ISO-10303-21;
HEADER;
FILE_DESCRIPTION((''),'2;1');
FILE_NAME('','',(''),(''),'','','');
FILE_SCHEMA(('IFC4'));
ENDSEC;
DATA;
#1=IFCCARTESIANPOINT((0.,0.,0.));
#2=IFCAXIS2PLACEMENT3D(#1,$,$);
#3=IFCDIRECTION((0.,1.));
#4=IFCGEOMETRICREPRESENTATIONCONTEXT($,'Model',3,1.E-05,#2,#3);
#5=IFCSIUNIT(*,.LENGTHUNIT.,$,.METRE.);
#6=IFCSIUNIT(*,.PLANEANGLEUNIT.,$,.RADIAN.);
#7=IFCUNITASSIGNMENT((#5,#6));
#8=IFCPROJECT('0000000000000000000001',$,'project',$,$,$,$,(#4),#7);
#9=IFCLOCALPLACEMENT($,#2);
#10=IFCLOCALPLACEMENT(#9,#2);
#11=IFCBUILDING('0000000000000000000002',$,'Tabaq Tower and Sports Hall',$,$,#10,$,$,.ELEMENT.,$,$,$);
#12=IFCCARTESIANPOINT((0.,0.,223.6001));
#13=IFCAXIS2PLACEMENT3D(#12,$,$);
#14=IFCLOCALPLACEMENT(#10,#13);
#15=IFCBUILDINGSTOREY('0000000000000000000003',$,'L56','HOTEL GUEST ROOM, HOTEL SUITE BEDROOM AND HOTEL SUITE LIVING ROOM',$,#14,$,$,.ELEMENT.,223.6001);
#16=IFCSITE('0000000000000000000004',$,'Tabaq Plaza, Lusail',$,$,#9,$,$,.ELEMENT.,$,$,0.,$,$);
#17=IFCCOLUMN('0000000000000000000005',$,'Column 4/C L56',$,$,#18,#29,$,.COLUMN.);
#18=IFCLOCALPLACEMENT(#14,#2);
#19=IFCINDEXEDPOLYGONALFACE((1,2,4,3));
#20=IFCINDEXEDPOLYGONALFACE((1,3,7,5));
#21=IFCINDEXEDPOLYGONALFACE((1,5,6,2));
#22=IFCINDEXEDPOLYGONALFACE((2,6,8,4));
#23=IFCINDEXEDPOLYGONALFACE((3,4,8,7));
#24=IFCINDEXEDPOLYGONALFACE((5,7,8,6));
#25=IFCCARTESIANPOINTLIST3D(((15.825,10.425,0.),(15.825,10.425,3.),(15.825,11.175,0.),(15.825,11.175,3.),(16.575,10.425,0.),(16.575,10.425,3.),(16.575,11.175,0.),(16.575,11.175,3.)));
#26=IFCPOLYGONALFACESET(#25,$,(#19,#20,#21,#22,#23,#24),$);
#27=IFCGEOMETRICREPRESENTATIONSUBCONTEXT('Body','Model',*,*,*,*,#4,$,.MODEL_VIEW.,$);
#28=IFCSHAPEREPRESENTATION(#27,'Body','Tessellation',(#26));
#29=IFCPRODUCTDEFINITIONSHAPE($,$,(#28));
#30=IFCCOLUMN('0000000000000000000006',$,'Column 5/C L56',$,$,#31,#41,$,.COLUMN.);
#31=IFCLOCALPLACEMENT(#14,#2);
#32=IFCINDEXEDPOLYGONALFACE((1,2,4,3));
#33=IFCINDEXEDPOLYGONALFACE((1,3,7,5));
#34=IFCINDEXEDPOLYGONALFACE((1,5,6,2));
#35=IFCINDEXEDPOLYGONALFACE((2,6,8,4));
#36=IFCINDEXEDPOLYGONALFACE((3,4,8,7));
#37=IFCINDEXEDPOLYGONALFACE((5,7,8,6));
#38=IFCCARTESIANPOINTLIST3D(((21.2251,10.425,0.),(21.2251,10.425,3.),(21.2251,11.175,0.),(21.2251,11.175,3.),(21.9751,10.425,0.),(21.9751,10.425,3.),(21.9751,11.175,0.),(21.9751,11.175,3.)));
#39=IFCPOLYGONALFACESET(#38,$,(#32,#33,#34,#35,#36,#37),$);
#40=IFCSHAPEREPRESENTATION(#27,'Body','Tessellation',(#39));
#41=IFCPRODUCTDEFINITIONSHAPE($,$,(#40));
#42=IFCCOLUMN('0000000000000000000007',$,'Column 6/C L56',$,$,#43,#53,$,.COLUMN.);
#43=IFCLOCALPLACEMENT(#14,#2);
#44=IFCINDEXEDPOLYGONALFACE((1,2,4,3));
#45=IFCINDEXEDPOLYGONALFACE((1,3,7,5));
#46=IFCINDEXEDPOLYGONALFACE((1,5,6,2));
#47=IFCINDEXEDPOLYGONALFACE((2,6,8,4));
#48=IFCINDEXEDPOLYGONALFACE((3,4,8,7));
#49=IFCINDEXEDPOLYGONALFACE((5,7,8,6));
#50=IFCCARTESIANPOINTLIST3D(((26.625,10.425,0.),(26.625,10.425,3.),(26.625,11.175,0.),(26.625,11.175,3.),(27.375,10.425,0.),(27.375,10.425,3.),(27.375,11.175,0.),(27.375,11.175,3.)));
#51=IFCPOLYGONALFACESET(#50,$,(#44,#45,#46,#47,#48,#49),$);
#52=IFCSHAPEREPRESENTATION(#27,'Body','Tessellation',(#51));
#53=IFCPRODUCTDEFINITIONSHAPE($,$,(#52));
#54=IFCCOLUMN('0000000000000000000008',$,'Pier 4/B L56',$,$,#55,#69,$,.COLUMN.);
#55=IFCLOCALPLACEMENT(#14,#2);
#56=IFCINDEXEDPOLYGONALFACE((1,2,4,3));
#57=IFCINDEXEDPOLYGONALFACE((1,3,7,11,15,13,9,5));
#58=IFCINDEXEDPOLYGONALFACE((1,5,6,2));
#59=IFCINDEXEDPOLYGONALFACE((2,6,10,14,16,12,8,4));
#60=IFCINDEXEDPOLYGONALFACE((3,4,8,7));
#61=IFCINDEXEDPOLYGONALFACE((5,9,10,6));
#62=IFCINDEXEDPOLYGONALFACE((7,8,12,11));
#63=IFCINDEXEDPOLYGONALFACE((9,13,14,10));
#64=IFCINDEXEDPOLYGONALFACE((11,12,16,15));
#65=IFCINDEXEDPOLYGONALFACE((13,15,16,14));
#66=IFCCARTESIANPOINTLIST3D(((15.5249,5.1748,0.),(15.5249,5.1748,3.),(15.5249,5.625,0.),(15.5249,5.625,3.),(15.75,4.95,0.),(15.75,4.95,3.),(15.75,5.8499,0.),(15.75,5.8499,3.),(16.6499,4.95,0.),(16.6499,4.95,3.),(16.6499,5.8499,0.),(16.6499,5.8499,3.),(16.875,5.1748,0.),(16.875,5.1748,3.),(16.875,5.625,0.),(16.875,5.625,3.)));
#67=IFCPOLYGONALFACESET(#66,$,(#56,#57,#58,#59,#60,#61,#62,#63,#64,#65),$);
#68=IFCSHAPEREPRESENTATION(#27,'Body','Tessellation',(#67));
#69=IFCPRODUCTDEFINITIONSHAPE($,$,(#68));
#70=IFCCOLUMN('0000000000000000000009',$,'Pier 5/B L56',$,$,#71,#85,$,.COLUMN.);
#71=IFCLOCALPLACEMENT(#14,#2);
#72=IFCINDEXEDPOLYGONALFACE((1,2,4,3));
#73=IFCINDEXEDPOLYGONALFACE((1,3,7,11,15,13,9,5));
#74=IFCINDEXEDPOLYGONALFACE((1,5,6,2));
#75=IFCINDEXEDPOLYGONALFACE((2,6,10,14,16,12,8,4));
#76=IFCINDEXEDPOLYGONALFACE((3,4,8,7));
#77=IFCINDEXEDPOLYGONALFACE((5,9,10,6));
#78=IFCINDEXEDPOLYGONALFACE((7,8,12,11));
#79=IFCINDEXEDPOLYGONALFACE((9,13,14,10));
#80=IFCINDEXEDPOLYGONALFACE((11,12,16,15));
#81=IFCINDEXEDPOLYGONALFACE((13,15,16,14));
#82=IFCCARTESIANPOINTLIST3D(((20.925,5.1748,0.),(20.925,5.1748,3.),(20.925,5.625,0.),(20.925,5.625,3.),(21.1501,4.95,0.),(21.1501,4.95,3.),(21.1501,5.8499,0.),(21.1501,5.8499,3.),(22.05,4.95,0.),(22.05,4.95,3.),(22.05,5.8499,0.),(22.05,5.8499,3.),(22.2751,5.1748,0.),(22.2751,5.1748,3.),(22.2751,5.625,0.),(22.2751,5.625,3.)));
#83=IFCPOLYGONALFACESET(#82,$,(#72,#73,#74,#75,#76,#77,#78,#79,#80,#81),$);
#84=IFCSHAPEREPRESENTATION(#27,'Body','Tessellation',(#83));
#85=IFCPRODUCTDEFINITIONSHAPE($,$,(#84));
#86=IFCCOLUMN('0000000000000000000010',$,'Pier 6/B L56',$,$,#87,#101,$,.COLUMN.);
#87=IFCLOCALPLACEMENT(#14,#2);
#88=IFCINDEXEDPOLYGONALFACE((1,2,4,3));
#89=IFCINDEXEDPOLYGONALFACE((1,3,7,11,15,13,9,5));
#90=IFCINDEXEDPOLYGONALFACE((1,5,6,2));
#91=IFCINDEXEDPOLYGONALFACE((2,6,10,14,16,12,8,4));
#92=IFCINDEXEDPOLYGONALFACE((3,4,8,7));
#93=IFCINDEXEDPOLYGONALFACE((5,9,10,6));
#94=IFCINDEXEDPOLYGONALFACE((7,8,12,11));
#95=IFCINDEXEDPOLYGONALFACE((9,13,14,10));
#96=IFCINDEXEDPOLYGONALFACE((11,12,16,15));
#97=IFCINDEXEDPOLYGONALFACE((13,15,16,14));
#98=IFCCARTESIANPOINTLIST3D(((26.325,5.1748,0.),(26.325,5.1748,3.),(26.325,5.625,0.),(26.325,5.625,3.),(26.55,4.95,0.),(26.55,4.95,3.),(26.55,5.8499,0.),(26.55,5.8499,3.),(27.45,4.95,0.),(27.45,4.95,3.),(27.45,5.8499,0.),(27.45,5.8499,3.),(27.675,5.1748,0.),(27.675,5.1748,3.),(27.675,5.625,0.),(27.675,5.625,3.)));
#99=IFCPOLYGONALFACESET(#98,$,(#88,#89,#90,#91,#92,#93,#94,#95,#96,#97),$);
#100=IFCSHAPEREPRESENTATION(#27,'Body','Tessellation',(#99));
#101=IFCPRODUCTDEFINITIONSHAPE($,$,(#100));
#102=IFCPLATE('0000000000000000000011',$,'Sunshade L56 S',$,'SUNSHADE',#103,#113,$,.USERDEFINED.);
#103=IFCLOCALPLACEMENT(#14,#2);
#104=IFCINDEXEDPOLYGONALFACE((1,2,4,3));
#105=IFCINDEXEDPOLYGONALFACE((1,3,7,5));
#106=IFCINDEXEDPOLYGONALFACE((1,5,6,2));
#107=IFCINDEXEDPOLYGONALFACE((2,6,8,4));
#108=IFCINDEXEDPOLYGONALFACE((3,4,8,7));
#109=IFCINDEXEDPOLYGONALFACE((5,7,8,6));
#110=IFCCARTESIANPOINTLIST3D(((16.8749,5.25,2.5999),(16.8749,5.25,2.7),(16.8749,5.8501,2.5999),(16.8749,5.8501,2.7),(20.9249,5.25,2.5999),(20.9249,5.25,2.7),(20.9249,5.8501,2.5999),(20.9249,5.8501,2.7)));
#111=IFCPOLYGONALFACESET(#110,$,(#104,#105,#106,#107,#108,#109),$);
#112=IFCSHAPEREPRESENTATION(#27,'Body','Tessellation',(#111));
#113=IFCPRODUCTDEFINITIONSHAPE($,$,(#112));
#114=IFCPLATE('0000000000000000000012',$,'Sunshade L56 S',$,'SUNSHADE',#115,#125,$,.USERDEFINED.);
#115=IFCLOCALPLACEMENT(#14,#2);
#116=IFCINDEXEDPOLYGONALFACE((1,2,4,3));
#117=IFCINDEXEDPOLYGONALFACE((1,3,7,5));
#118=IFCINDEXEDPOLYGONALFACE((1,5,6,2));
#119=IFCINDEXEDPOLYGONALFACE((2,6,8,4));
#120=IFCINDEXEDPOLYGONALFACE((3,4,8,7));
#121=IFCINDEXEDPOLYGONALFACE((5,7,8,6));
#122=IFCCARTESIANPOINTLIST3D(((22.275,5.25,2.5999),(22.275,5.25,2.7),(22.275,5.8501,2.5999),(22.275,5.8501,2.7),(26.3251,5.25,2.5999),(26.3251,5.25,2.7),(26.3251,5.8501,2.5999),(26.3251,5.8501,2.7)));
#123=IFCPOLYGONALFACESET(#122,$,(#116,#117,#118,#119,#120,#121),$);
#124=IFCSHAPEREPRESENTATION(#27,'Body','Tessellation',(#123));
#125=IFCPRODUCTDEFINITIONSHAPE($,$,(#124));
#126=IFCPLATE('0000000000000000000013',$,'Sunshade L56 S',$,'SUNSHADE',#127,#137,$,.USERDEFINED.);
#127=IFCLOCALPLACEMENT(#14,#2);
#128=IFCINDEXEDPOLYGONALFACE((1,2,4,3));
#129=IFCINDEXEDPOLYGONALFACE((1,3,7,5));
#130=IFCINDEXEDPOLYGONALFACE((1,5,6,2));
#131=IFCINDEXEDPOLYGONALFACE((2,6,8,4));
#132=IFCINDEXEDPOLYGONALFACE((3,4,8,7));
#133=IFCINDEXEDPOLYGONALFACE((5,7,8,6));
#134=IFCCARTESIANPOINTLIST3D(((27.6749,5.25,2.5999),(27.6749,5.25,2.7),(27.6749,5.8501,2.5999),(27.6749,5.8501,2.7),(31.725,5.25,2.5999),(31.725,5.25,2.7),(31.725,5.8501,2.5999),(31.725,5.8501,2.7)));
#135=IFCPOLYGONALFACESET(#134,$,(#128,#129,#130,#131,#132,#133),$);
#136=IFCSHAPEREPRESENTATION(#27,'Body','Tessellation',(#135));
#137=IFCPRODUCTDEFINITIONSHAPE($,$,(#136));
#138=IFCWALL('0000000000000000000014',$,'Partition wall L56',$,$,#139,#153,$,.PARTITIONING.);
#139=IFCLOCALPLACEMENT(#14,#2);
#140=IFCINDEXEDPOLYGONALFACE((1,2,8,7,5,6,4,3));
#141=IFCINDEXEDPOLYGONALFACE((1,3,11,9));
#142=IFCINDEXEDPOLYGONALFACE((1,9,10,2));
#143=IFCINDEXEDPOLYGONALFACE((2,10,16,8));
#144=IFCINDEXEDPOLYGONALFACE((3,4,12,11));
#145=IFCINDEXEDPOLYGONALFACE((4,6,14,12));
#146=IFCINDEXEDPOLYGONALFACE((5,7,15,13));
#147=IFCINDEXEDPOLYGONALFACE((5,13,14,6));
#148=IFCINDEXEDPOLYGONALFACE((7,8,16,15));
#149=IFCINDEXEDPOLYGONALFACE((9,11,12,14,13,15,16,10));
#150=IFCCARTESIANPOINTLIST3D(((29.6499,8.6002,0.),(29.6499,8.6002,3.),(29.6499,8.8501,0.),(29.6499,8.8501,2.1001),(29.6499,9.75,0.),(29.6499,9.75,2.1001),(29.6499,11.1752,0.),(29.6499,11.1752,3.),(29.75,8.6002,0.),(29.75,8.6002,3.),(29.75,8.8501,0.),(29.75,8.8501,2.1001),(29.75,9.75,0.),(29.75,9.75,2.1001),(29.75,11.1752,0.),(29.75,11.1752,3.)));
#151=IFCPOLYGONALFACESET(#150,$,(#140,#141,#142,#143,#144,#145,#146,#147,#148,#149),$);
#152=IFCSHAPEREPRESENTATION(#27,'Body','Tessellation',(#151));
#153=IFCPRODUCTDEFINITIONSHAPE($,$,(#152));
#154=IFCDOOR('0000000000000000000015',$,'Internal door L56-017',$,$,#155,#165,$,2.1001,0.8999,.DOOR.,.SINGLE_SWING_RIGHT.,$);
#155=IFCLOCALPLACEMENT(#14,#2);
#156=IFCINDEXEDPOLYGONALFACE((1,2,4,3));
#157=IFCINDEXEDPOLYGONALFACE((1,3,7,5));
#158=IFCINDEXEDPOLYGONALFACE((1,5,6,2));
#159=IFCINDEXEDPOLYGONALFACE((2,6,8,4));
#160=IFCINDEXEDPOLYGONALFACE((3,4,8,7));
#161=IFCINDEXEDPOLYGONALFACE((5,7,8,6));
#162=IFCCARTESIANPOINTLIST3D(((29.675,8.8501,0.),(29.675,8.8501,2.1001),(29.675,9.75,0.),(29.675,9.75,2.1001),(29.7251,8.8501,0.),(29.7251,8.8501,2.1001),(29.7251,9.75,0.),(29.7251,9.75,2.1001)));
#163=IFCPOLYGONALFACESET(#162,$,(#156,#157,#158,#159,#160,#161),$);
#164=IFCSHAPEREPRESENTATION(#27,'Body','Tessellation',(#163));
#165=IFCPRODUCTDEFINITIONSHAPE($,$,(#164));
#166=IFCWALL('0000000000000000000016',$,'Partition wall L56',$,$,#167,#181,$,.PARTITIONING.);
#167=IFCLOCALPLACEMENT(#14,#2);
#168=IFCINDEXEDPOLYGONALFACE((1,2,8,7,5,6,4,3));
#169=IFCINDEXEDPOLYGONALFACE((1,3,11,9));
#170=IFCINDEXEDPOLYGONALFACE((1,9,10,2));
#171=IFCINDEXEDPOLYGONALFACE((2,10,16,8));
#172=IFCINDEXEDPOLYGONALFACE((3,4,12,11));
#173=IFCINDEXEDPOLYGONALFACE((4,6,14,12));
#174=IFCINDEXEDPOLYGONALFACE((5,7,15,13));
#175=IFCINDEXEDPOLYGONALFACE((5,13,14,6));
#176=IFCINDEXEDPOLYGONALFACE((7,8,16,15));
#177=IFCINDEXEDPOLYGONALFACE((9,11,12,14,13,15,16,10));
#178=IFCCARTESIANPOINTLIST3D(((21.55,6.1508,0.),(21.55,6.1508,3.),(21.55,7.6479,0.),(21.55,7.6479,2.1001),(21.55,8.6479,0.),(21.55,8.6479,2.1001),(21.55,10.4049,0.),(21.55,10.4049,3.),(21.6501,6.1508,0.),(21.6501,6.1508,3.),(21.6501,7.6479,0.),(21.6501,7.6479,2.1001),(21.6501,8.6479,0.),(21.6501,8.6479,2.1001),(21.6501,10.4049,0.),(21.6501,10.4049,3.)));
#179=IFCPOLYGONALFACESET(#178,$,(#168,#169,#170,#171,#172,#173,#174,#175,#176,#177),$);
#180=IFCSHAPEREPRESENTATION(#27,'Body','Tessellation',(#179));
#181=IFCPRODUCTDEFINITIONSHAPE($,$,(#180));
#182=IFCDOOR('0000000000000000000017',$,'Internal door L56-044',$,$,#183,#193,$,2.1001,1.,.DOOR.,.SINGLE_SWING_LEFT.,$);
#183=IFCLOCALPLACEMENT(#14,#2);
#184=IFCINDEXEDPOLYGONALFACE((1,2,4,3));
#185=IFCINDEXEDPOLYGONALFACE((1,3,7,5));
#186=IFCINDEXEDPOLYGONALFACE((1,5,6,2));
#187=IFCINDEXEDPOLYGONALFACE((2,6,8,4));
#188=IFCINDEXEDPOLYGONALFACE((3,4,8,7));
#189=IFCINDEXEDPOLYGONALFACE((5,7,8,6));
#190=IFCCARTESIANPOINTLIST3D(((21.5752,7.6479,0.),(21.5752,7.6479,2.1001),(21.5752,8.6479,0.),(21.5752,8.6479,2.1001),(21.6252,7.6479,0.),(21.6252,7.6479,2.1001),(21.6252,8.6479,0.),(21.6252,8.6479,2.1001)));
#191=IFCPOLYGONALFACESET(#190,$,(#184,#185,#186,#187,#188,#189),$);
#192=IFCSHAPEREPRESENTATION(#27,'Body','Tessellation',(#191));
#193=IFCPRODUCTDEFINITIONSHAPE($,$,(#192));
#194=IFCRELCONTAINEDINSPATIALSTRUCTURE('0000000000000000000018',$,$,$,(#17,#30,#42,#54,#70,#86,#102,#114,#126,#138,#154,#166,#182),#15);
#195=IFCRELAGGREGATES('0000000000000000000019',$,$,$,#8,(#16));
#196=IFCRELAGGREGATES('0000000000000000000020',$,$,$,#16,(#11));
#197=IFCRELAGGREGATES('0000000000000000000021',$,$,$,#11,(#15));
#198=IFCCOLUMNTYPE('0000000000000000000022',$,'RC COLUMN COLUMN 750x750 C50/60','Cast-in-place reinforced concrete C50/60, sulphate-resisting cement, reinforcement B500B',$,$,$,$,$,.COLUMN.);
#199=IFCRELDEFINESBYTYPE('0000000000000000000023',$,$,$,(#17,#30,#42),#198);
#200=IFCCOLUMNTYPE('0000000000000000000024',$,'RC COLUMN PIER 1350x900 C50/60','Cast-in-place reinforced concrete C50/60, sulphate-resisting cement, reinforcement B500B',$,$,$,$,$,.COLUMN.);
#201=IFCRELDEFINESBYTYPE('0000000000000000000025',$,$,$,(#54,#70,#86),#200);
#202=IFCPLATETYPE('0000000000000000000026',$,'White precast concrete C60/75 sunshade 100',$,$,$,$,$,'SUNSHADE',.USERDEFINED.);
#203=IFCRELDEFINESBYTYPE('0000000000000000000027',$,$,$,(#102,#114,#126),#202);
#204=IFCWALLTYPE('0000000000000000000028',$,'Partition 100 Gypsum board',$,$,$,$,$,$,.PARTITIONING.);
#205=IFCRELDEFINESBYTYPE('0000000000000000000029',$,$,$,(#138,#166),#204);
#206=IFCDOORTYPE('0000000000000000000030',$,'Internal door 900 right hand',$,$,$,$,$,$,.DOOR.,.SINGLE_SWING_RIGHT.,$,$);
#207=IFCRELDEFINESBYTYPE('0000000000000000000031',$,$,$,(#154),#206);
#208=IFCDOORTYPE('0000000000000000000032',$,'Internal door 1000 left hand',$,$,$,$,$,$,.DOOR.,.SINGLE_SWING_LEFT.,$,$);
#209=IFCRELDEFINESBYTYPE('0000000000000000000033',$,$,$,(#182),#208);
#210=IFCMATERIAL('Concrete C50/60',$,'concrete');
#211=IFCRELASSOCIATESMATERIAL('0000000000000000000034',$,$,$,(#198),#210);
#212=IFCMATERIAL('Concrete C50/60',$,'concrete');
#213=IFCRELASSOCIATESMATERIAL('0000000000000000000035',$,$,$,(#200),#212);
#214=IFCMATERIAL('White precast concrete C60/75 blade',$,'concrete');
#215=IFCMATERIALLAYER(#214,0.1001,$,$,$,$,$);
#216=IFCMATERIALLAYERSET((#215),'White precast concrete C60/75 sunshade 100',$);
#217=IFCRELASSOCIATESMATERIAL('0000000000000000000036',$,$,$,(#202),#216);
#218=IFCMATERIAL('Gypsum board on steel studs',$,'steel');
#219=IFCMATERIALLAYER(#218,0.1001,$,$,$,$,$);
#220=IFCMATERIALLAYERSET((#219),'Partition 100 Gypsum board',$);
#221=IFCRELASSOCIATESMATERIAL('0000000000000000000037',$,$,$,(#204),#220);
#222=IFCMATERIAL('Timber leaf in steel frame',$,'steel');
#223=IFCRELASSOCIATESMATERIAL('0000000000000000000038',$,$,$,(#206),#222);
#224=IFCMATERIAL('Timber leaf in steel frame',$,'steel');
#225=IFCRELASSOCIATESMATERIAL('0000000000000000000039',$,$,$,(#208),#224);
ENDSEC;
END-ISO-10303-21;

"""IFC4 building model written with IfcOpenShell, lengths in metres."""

from ifc_helpers import new_model, si_unit, direction, frame, frame_2d, origin, origin_2d, place, context, subcontext, project, spatial, polyline, rectangle, outline, extrude, material, layer, layer_set, material_profile, profile_set, type_object, element, fill, save


model = new_model("IFC4")

# Units and contexts
model_context = context("Model", 3, precision=1e-05, world=origin(), true_north=direction((0.0, 1.0)))
body_context = subcontext(model_context, "Body", "Model", "MODEL_VIEW")
ifc_project = project(units=[si_unit("LENGTHUNIT", "METRE"), si_unit("PLANEANGLEUNIT", "RADIAN")], contexts=[model_context])

# Site, building, storey
site_placement = place(None, origin())
site = spatial("IfcSite", under=ifc_project, at=site_placement, Name="Tabaq Plaza, Lusail", CompositionType="ELEMENT", RefElevation=0.0)
building_placement = place(site_placement, origin())
building = spatial("IfcBuilding", under=site, at=building_placement, Name="Tabaq Tower and Sports Hall", CompositionType="ELEMENT")
storey_placement = place(building_placement, frame((0.0, 0.0, 223.6001)))
storey = spatial("IfcBuildingStorey", under=building, at=storey_placement, Name="L56", Description="HOTEL GUEST ROOM, HOTEL SUITE BEDROOM AND HOTEL SUITE LIVING ROOM", CompositionType="ELEMENT", Elevation=223.6001)

# Columns
ifc_material_1 = material(Name="Concrete C50/60", Category="concrete")
ifc_material_profile_1 = material_profile(ifc_material_1, rectangle(XDim=0.75, YDim=0.75, at=origin_2d()), Name="COLUMN 750x750")
ifc_profile_set_1 = profile_set([ifc_material_profile_1], Name="Concrete C50/60")
column_type_1 = type_object("IfcColumnType", Name="RC COLUMN COLUMN 750x750 C50/60", Description="Cast-in-place reinforced concrete C50/60, sulphate-resisting cement, reinforcement B500B", PredefinedType="COLUMN", material=ifc_profile_set_1)
for number, where, z_axis, x_axis, name in (
    (1, (16.2, 10.8, 0.0), (0.0, 0.0, 1.0), (1.0, 0.0, 0.0), "Column 4/C L56"),
    (2, (21.6001, 10.8, 0.0), (0.0, 0.0, 1.0), (1.0, 0.0, 0.0), "Column 5/C L56"),
    (3, (27.0, 10.8, 0.0), (0.0, 0.0, 1.0), (1.0, 0.0, 0.0), "Column 6/C L56"),
):
    element("IfcColumn", number, at=place(storey_placement, frame(where, z_axis=z_axis, x_axis=x_axis)), inside=storey, type_object=column_type_1, Name=name, PredefinedType="COLUMN", context=body_context, shape_type="SweptSolid", body=[
        extrude(rectangle(XDim=0.75, YDim=0.75, at=origin_2d()), origin(), (0.0, 0.0, 1.0), 3.0),
    ])
ifc_material_2 = material(Name="Concrete C50/60", Category="concrete")
ifc_material_profile_2 = material_profile(ifc_material_2, outline(polyline([(-0.45, -0.45), (0.45, -0.45), (0.675, -0.2251), (0.675, 0.2251), (0.45, 0.45), (-0.45, 0.45), (-0.675, 0.2251), (-0.675, -0.2251), (-0.45, -0.45)])), Name="PIER 1350x900")
ifc_profile_set_2 = profile_set([ifc_material_profile_2], Name="Concrete C50/60")
column_type_2 = type_object("IfcColumnType", Name="RC COLUMN PIER 1350x900 C50/60", Description="Cast-in-place reinforced concrete C50/60, sulphate-resisting cement, reinforcement B500B", PredefinedType="COLUMN", material=ifc_profile_set_2)
for number, where, z_axis, x_axis, name in (
    (4, (16.2, 5.3999, 0.0), (0.0, 0.0, 1.0), (1.0, 0.0, 0.0), "Pier 4/B L56"),
    (5, (21.6001, 5.3999, 0.0), (0.0, 0.0, 1.0), (1.0, 0.0, 0.0), "Pier 5/B L56"),
    (6, (27.0, 5.3999, 0.0), (0.0, 0.0, 1.0), (1.0, 0.0, 0.0), "Pier 6/B L56"),
):
    element("IfcColumn", number, at=place(storey_placement, frame(where, z_axis=z_axis, x_axis=x_axis)), inside=storey, type_object=column_type_2, Name=name, PredefinedType="COLUMN", context=body_context, shape_type="SweptSolid", body=[
        extrude(outline(polyline([(-0.45, -0.45), (0.45, -0.45), (0.675, -0.2251), (0.675, 0.2251), (0.45, 0.45), (-0.45, 0.45), (-0.675, 0.2251), (-0.675, -0.2251), (-0.45, -0.45)])), origin(), (0.0, 0.0, 1.0), 3.0),
    ])

# Plates
ifc_material_3 = material(Name="White precast concrete C60/75 blade", Category="concrete")
ifc_layer_1 = layer(ifc_material_3, 0.1001)
ifc_layer_set_1 = layer_set([ifc_layer_1], Name="White precast concrete C60/75 sunshade 100")
plate_type = type_object("IfcPlateType", Name="White precast concrete C60/75 sunshade 100", ElementType="SUNSHADE", PredefinedType="USERDEFINED", material=ifc_layer_set_1)
for number, where, z_axis, x_axis, name in (
    (7, (18.8999, 5.55, 2.5999), (0.0, 0.0, 1.0), (1.0, 0.0, 0.0), "Sunshade L56 S"),
    (8, (24.3, 5.55, 2.5999), (0.0, 0.0, 1.0), (1.0, 0.0, 0.0), "Sunshade L56 S"),
    (9, (29.7, 5.55, 2.5999), (0.0, 0.0, 1.0), (1.0, 0.0, 0.0), "Sunshade L56 S"),
):
    element("IfcPlate", number, at=place(storey_placement, frame(where, z_axis=z_axis, x_axis=x_axis)), inside=storey, type_object=plate_type, Name=name, ObjectType="SUNSHADE", PredefinedType="USERDEFINED", context=body_context, shape_type="SweptSolid", body=[
        extrude(rectangle(XDim=4.05, YDim=0.6001, at=origin_2d()), origin(), (0.0, 0.0, 1.0), 0.1001),
    ])

# Walls, openings, doors
ifc_material_4 = material(Name="Gypsum board on steel studs", Category="steel")
ifc_layer_2 = layer(ifc_material_4, 0.1001)
ifc_layer_set_2 = layer_set([ifc_layer_2], Name="Partition 100 Gypsum board")
wall_type_1 = type_object("IfcWallType", Name="Partition 100 Gypsum board", PredefinedType="PARTITIONING", material=ifc_layer_set_2)
wall_1_placement = place(storey_placement, frame((29.7, 8.6001, 0.0), z_axis=(0.0, 0.0, 1.0), x_axis=(0.0, 1.0, 0.0)))
wall_1 = element("IfcWall", 10, at=wall_1_placement, inside=storey, type_object=wall_type_1, Name="Partition wall L56", PredefinedType="PARTITIONING", context=body_context, shape_type="SweptSolid", body=[
    extrude(rectangle(XDim=2.575, YDim=0.1001, at=frame_2d((1.2876, 0.0))), origin(), (0.0, 0.0, 1.0), 3.0),
])
opening_1_placement = place(wall_1_placement, frame((0.25, 0.0, 0.0)))
opening_1 = element("IfcOpeningElement", 11, at=opening_1_placement, cuts=wall_1, PredefinedType="OPENING", context=body_context, shape_type="SweptSolid", body=[
    extrude(rectangle(XDim=0.8999, YDim=2.1001, at=frame_2d((0.45, 1.05))), frame((0.0, 0.05, 0.0), z_axis=(0.0, -1.0, 0.0), x_axis=(1.0, 0.0, 0.0)), (0.0, 0.0, 1.0), 0.1001),
])
ifc_material_5 = material(Name="Timber leaf in steel frame", Category="steel")
door_type_1 = type_object("IfcDoorType", Name="Internal door 900 right hand", OperationType="SINGLE_SWING_RIGHT", PredefinedType="DOOR", material=ifc_material_5)
door_1_placement = place(opening_1_placement, origin())
door_1 = element("IfcDoor", 12, at=door_1_placement, inside=storey, type_object=door_type_1, Name="Internal door L56-017", OperationType="SINGLE_SWING_RIGHT", OverallHeight=2.1001, OverallWidth=0.8999, PredefinedType="DOOR", context=body_context, shape_type="SweptSolid", body=[
    extrude(rectangle(XDim=0.8999, YDim=2.1001, at=frame_2d((0.45, 1.05))), frame((0.0, 0.0249, 0.0), z_axis=(0.0, -1.0, 0.0), x_axis=(1.0, 0.0, 0.0)), (0.0, 0.0, 1.0), 0.05),
])
fill(opening_1, door_1)
wall_2_placement = place(storey_placement, frame((21.6001, 6.1509, 0.0), z_axis=(0.0, 0.0, 1.0), x_axis=(0.0, 1.0, 0.0)))
wall_2 = element("IfcWall", 13, at=wall_2_placement, inside=storey, type_object=wall_type_1, Name="Partition wall L56", PredefinedType="PARTITIONING", context=body_context, shape_type="SweptSolid", body=[
    extrude(rectangle(XDim=4.2542, YDim=0.1001, at=frame_2d((2.127, 0.0))), origin(), (0.0, 0.0, 1.0), 3.0),
])
opening_2_placement = place(wall_2_placement, frame((1.4971, 0.0, 0.0)))
opening_2 = element("IfcOpeningElement", 14, at=opening_2_placement, cuts=wall_2, PredefinedType="OPENING", context=body_context, shape_type="SweptSolid", body=[
    extrude(rectangle(XDim=1.0, YDim=2.1001, at=frame_2d((0.5, 1.05))), frame((0.0, 0.05, 0.0), z_axis=(0.0, -1.0, 0.0), x_axis=(1.0, 0.0, 0.0)), (0.0, 0.0, 1.0), 0.1001),
])
ifc_material_6 = material(Name="Timber leaf in steel frame", Category="steel")
door_type_2 = type_object("IfcDoorType", Name="Internal door 1000 left hand", OperationType="SINGLE_SWING_LEFT", PredefinedType="DOOR", material=ifc_material_6)
door_2_placement = place(opening_2_placement, origin())
door_2 = element("IfcDoor", 15, at=door_2_placement, inside=storey, type_object=door_type_2, Name="Internal door L56-044", OperationType="SINGLE_SWING_LEFT", OverallHeight=2.1001, OverallWidth=1.0, PredefinedType="DOOR", context=body_context, shape_type="SweptSolid", body=[
    extrude(rectangle(XDim=1.0, YDim=2.1001, at=frame_2d((0.5, 1.05))), frame((0.0, 0.0249, 0.0), z_axis=(0.0, -1.0, 0.0), x_axis=(1.0, 0.0, 0.0)), (0.0, 0.0, 1.0), 0.05),
])
fill(opening_2, door_2)

save(model, "model.ifc")
